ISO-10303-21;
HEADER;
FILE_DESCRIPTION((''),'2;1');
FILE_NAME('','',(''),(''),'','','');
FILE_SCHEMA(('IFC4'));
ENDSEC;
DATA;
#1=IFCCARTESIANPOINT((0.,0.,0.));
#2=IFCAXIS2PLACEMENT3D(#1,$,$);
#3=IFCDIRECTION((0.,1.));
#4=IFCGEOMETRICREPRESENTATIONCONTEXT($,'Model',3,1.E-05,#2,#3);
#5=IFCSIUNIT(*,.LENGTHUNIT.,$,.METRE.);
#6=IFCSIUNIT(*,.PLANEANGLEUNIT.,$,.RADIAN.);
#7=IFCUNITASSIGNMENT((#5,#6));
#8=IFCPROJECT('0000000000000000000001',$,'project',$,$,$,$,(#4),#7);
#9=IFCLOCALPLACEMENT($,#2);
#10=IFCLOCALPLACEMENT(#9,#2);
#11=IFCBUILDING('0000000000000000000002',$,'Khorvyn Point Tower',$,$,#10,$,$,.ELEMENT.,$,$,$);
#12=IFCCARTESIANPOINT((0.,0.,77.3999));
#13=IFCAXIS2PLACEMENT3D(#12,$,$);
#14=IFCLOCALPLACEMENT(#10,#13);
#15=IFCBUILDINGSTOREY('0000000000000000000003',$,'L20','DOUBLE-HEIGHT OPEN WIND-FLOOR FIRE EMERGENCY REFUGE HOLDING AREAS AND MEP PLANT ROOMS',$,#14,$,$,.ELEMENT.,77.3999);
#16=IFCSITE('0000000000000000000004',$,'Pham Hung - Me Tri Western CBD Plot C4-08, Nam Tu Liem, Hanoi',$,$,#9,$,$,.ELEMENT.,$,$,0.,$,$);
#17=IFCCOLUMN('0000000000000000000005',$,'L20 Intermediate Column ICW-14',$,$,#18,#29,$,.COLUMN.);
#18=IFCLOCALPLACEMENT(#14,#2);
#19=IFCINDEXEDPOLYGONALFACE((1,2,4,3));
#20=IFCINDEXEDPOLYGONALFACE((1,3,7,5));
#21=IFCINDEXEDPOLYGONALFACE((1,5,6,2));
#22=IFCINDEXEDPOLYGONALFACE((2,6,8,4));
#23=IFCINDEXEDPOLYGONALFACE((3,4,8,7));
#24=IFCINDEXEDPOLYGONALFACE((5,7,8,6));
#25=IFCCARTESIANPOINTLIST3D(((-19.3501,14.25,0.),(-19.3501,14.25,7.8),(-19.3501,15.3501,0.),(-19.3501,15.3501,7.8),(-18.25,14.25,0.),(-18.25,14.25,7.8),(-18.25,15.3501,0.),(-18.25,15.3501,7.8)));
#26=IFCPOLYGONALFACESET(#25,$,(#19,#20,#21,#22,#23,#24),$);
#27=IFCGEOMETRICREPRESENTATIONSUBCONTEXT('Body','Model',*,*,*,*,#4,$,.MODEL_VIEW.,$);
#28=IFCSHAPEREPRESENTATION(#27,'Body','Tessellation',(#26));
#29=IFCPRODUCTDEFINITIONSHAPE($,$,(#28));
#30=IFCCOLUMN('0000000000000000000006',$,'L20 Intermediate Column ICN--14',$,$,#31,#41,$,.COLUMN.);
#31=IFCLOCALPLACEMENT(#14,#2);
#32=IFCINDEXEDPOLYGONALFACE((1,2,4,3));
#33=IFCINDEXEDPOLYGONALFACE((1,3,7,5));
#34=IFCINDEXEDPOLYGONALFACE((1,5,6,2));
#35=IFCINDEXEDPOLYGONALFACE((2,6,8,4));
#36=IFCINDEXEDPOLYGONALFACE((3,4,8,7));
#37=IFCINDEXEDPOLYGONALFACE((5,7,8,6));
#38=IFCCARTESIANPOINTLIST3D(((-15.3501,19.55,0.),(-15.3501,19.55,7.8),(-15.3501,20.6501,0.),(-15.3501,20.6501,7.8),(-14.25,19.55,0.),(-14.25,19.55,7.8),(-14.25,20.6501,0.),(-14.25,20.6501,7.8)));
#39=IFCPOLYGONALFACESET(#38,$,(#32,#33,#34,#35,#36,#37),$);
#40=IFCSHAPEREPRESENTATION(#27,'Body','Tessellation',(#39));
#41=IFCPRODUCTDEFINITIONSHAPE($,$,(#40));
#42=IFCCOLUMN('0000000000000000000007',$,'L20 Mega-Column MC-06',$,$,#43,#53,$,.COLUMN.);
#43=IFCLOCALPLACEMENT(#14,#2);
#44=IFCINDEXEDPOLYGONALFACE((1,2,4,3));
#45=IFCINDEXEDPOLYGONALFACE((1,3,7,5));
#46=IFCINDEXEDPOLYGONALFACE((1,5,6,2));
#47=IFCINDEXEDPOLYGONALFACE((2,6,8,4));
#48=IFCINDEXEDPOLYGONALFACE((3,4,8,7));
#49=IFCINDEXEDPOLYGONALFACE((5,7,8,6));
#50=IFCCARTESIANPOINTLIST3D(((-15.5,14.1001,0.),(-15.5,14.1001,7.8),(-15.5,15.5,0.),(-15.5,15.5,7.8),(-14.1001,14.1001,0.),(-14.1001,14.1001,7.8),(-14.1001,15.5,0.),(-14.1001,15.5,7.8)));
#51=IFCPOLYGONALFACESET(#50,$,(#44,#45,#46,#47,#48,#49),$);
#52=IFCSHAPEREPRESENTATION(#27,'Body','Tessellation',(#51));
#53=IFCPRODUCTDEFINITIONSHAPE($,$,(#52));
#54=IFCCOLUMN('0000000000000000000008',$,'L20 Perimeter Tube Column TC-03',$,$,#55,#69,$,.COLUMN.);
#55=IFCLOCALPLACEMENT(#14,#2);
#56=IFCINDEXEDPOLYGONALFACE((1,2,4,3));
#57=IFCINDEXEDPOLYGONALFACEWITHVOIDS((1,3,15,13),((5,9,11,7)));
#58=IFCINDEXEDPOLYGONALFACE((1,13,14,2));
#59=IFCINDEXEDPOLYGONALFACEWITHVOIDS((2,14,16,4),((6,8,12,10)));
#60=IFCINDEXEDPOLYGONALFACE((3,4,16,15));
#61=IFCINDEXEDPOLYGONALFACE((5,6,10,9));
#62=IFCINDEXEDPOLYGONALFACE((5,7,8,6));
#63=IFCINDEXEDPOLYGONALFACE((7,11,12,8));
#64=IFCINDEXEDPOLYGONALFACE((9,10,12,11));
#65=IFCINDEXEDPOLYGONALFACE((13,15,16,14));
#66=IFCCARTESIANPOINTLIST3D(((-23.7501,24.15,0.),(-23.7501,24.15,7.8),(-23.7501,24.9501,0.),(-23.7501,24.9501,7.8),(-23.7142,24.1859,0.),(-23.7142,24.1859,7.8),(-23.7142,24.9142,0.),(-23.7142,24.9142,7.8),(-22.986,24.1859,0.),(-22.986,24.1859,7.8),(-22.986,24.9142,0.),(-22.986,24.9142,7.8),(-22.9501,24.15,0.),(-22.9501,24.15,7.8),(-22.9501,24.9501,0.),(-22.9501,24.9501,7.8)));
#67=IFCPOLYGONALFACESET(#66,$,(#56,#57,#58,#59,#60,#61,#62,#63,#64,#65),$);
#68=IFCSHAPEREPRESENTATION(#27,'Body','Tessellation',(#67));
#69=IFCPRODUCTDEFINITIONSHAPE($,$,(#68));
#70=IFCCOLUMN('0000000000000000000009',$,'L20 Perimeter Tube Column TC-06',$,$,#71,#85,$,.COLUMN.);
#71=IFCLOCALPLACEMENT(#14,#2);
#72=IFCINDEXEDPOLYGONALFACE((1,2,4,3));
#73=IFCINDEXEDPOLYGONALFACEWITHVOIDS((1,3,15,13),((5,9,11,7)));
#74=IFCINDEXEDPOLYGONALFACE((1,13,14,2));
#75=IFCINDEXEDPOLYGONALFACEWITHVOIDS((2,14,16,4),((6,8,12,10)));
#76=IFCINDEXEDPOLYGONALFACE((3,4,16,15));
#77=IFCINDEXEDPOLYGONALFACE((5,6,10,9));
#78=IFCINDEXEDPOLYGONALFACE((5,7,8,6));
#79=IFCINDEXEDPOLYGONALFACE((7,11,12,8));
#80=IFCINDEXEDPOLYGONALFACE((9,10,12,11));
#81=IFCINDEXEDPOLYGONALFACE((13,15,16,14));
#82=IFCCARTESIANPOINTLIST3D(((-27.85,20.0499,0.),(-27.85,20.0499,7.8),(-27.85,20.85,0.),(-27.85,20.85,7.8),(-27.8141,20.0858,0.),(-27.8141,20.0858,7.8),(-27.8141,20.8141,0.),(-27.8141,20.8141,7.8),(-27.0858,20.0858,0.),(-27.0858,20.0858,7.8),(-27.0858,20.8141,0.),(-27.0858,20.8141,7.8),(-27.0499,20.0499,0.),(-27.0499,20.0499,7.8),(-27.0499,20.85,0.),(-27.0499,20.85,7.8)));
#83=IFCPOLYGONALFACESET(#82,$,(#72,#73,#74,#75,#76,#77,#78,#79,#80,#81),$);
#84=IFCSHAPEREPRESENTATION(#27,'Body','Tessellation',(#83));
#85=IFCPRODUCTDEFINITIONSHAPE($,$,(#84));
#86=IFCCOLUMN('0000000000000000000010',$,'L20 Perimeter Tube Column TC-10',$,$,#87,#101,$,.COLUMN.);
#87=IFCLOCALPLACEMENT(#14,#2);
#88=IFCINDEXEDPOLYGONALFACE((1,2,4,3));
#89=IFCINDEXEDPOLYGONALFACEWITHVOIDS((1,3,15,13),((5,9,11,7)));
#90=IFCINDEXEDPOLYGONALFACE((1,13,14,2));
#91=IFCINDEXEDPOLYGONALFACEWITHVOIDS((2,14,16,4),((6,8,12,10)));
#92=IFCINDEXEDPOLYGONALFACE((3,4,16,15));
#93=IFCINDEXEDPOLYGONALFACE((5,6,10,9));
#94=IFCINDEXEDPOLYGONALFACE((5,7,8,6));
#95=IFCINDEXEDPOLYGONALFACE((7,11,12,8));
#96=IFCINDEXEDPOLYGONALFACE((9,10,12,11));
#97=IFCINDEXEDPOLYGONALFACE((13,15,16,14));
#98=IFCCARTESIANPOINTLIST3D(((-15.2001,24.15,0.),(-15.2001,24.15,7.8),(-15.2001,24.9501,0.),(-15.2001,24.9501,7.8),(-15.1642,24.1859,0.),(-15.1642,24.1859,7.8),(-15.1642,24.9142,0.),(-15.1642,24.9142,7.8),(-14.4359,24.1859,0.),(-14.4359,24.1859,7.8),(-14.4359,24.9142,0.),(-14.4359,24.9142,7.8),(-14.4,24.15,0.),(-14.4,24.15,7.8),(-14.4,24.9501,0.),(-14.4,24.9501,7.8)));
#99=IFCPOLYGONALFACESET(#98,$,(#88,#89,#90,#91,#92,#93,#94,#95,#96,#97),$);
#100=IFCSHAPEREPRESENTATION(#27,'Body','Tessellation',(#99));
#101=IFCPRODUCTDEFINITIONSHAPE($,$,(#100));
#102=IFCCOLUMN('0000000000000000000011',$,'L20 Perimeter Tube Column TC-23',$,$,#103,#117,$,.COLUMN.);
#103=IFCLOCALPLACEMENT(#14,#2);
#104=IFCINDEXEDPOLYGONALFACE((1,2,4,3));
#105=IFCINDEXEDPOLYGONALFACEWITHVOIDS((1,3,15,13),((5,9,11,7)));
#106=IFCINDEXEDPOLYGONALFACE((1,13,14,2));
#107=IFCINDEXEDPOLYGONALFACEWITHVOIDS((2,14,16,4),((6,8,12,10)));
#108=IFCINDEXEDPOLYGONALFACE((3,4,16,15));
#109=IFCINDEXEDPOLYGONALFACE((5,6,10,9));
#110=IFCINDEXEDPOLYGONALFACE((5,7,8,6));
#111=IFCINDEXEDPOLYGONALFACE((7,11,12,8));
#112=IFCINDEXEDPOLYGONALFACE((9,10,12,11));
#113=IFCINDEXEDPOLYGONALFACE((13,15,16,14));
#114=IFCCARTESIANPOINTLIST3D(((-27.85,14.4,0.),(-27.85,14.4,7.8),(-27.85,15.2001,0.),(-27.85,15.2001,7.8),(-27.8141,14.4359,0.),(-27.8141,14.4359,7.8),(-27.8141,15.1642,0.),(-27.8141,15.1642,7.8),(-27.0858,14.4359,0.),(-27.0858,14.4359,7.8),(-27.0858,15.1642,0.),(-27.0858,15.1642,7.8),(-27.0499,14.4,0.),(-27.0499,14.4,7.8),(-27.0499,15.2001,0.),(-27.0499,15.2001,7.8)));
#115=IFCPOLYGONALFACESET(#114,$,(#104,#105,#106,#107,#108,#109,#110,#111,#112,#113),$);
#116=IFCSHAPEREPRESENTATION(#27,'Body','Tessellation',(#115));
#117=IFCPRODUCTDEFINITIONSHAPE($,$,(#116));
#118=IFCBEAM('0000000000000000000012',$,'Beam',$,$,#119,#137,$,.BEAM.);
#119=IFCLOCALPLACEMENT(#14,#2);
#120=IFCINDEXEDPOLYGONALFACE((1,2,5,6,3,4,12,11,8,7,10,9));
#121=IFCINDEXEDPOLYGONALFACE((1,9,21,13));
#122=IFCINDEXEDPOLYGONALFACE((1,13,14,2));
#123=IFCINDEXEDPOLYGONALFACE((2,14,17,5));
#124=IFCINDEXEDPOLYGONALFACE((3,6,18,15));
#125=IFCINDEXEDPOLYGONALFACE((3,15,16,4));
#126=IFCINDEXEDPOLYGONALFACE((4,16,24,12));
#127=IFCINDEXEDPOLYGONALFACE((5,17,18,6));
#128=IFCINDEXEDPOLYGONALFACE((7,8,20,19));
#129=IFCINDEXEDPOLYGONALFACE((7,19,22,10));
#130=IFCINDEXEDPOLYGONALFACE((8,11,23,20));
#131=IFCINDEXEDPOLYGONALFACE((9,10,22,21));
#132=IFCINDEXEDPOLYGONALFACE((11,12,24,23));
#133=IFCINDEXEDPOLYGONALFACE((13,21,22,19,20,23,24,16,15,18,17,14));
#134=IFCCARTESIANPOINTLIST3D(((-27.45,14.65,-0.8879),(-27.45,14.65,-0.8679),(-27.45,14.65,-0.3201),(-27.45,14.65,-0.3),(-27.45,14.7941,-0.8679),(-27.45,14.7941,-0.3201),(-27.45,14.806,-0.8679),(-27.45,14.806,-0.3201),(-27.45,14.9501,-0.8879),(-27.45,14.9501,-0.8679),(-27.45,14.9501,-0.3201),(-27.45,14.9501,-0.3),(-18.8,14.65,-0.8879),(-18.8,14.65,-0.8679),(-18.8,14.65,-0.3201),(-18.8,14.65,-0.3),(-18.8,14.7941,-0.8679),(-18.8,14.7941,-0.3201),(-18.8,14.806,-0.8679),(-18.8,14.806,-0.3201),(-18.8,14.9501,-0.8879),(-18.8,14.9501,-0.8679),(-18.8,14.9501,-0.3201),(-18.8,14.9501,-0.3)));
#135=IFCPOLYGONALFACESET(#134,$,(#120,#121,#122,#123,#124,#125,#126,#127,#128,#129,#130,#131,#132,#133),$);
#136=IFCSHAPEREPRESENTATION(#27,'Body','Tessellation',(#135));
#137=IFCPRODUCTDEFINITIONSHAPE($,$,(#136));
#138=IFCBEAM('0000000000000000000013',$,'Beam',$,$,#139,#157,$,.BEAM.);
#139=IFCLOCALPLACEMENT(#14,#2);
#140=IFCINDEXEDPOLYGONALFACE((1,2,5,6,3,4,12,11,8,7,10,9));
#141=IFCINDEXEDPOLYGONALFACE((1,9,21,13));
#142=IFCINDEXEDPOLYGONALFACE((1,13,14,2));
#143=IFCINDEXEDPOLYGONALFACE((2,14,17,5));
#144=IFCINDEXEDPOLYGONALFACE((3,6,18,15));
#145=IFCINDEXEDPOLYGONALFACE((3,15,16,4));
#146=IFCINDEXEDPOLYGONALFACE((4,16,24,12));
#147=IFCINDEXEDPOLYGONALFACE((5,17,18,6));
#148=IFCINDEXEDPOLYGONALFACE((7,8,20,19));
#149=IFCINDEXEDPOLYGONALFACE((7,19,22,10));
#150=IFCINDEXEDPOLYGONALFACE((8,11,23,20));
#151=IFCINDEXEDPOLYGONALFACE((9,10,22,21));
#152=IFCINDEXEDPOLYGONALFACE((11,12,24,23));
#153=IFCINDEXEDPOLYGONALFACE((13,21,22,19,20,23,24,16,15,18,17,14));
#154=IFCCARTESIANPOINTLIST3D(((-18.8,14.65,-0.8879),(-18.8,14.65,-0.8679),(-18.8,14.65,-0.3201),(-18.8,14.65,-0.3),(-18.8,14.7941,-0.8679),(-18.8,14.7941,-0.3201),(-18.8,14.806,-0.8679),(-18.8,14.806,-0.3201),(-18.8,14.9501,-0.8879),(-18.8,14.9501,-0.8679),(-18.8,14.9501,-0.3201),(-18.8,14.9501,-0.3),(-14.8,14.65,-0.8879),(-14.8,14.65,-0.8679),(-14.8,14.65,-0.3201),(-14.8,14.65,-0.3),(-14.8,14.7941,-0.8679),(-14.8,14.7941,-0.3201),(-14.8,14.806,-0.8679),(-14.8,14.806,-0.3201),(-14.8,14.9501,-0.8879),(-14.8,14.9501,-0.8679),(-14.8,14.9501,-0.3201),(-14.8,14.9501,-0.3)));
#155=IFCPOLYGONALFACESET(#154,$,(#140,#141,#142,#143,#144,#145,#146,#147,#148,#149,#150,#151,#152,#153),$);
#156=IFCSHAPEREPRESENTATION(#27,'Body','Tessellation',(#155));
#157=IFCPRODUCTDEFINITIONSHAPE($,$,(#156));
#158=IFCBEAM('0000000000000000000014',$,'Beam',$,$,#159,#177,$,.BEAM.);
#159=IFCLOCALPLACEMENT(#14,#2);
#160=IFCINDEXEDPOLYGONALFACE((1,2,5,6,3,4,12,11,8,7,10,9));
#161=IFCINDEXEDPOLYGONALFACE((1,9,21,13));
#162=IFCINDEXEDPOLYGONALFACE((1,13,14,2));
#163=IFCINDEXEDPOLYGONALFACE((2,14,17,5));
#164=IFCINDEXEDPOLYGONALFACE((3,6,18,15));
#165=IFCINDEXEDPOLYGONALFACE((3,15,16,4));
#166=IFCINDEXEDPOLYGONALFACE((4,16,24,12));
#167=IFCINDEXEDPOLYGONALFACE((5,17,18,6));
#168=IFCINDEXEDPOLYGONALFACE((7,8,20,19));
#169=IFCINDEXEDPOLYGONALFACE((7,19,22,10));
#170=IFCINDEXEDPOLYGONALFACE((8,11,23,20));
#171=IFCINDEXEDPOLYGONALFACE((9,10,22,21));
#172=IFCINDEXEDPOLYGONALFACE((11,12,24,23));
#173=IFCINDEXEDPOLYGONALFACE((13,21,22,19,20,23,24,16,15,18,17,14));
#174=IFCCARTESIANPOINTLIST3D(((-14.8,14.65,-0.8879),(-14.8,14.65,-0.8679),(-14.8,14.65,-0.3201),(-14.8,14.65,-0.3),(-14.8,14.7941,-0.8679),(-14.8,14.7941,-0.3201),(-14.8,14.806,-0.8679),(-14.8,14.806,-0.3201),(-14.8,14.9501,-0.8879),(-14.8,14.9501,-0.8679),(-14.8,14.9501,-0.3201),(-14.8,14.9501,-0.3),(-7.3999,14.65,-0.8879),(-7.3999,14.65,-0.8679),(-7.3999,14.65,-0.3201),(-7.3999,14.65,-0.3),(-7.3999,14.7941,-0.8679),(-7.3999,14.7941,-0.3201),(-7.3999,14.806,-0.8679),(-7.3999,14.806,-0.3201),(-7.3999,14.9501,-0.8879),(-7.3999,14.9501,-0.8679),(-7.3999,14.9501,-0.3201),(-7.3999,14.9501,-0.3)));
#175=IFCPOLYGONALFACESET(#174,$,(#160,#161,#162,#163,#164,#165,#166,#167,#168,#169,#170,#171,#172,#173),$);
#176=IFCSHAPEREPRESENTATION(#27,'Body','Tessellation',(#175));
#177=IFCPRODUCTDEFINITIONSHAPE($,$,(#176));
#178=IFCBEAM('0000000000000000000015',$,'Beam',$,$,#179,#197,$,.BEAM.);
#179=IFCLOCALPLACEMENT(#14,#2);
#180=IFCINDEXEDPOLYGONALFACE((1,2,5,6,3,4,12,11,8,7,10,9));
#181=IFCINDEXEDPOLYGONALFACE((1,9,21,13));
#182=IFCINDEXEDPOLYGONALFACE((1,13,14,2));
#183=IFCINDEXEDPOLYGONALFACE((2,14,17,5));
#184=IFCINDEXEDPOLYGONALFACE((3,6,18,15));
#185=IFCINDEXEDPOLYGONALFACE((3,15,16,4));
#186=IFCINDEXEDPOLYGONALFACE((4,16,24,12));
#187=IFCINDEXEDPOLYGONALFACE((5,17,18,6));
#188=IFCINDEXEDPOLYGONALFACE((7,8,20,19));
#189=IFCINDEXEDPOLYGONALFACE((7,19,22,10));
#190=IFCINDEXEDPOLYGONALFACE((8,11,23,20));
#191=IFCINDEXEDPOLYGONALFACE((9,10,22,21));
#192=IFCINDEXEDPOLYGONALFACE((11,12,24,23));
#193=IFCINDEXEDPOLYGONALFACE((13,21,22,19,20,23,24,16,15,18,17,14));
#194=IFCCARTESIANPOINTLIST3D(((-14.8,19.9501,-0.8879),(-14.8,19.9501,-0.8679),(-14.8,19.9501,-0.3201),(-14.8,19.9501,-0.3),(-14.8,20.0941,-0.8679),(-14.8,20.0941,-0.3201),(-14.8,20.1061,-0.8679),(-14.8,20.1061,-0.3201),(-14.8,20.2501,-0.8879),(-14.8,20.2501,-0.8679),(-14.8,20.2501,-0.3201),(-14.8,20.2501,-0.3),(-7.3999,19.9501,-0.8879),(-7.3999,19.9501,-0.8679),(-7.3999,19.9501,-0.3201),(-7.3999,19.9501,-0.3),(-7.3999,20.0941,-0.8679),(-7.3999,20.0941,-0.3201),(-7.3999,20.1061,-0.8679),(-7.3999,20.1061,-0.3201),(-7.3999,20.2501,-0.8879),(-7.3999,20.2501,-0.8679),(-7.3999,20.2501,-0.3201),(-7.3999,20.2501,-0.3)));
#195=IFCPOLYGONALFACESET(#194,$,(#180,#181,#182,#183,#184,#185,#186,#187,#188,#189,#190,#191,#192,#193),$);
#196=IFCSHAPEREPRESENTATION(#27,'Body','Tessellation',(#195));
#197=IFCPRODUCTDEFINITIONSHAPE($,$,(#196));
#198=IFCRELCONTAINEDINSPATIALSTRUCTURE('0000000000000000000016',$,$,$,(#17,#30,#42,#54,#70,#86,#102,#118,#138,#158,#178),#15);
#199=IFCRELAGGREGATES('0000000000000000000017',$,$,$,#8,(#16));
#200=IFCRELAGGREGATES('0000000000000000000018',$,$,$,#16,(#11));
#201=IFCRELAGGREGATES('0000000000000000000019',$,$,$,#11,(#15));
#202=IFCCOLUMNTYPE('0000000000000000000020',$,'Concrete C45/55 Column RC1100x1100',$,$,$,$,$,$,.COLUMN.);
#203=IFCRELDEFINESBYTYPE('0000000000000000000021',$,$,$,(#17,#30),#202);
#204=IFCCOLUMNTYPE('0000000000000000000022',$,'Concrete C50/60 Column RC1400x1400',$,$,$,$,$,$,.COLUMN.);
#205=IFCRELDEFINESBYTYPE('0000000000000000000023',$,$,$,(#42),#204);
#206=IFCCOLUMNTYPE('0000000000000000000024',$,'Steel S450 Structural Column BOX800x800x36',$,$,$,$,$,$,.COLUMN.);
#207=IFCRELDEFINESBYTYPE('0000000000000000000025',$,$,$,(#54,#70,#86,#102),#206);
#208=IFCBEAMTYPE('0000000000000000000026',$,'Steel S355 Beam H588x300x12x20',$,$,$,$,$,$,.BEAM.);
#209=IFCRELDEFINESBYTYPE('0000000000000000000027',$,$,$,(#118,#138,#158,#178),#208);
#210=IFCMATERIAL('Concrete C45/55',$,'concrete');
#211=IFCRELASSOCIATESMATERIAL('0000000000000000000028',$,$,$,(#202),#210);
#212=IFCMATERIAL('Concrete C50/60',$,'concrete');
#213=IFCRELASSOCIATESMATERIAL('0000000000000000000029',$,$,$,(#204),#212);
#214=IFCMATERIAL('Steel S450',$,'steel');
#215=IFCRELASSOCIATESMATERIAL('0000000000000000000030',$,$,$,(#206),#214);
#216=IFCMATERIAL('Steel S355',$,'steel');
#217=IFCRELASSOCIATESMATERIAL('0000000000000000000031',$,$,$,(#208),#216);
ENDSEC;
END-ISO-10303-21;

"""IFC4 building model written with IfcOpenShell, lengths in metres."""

from ifc_helpers import new_model, si_unit, direction, frame, origin, origin_2d, place, context, subcontext, project, spatial, rectangle, hollow_rectangle, i_section, extrude, material, material_profile, profile_set, type_object, element, save


model = new_model("IFC4")

# Units and contexts
model_context = context("Model", 3, precision=1e-05, world=origin(), true_north=direction((0.0, 1.0)))
body_context = subcontext(model_context, "Body", "Model", "MODEL_VIEW")
ifc_project = project(units=[si_unit("LENGTHUNIT", "METRE"), si_unit("PLANEANGLEUNIT", "RADIAN")], contexts=[model_context])

# Site, building, storey
site_placement = place(None, origin())
site = spatial("IfcSite", under=ifc_project, at=site_placement, Name="Pham Hung - Me Tri Western CBD Plot C4-08, Nam Tu Liem, Hanoi", CompositionType="ELEMENT", RefElevation=0.0)
building_placement = place(site_placement, origin())
building = spatial("IfcBuilding", under=site, at=building_placement, Name="Khorvyn Point Tower", CompositionType="ELEMENT")
storey_placement = place(building_placement, frame((0.0, 0.0, 77.3999)))
storey = spatial("IfcBuildingStorey", under=building, at=storey_placement, Name="L20", Description="DOUBLE-HEIGHT OPEN WIND-FLOOR FIRE EMERGENCY REFUGE HOLDING AREAS AND MEP PLANT ROOMS", CompositionType="ELEMENT", Elevation=77.3999)

# Columns
ifc_material_1 = material(Name="Concrete C45/55", Category="concrete")
ifc_material_profile_1 = material_profile(ifc_material_1, rectangle(XDim=1.1001, YDim=1.1001, at=origin_2d()))
ifc_profile_set_1 = profile_set([ifc_material_profile_1], Name="Concrete C45/55 RC1100x1100")
column_type_1 = type_object("IfcColumnType", Name="Concrete C45/55 Column RC1100x1100", PredefinedType="COLUMN", material=ifc_profile_set_1)
for number, where, z_axis, x_axis, name in (
    (1, (-18.8, 14.8, 0.0), (0.0, 0.0, 1.0), (1.0, 0.0, 0.0), "L20 Intermediate Column ICW-14"),
    (2, (-14.8, 20.1001, 0.0), (0.0, 0.0, 1.0), (1.0, 0.0, 0.0), "L20 Intermediate Column ICN--14"),
):
    element("IfcColumn", number, at=place(storey_placement, frame(where, z_axis=z_axis, x_axis=x_axis)), inside=storey, type_object=column_type_1, Name=name, PredefinedType="COLUMN", context=body_context, shape_type="SweptSolid", body=[
        extrude(rectangle(XDim=1.1001, YDim=1.1001, at=origin_2d()), origin(), (0.0, 0.0, 1.0), 7.8),
    ])
ifc_material_2 = material(Name="Concrete C50/60", Category="concrete")
ifc_material_profile_2 = material_profile(ifc_material_2, rectangle(XDim=1.3999, YDim=1.3999, at=origin_2d()))
ifc_profile_set_2 = profile_set([ifc_material_profile_2], Name="Concrete C50/60 RC1400x1400")
column_type_2 = type_object("IfcColumnType", Name="Concrete C50/60 Column RC1400x1400", PredefinedType="COLUMN", material=ifc_profile_set_2)
column_placement = place(storey_placement, frame((-14.8, 14.8, 0.0), z_axis=(0.0, 0.0, 1.0), x_axis=(1.0, 0.0, 0.0)))
element("IfcColumn", 3, at=column_placement, inside=storey, type_object=column_type_2, Name="L20 Mega-Column MC-06", PredefinedType="COLUMN", context=body_context, shape_type="SweptSolid", body=[
    extrude(rectangle(XDim=1.3999, YDim=1.3999, at=origin_2d()), origin(), (0.0, 0.0, 1.0), 7.8),
])
ifc_material_3 = material(Name="Steel S450", Category="steel")
ifc_material_profile_3 = material_profile(ifc_material_3, hollow_rectangle(XDim=0.8, YDim=0.8, WallThickness=0.0359, at=origin_2d()))
ifc_profile_set_3 = profile_set([ifc_material_profile_3], Name="Steel S450 BOX800x800x36")
column_type_3 = type_object("IfcColumnType", Name="Steel S450 Structural Column BOX800x800x36", PredefinedType="COLUMN", material=ifc_profile_set_3)
for number, where, z_axis, x_axis, name in (
    (4, (-23.3501, 24.55, 0.0), (0.0, 0.0, 1.0), (1.0, 0.0, 0.0), "L20 Perimeter Tube Column TC-03"),
    (5, (-27.45, 20.45, 0.0), (0.0, 0.0, 1.0), (1.0, 0.0, 0.0), "L20 Perimeter Tube Column TC-06"),
    (6, (-14.8, 24.55, 0.0), (0.0, 0.0, 1.0), (1.0, 0.0, 0.0), "L20 Perimeter Tube Column TC-10"),
    (7, (-27.45, 14.8, 0.0), (0.0, 0.0, 1.0), (1.0, 0.0, 0.0), "L20 Perimeter Tube Column TC-23"),
):
    element("IfcColumn", number, at=place(storey_placement, frame(where, z_axis=z_axis, x_axis=x_axis)), inside=storey, type_object=column_type_3, Name=name, PredefinedType="COLUMN", context=body_context, shape_type="SweptSolid", body=[
        extrude(hollow_rectangle(XDim=0.8, YDim=0.8, WallThickness=0.0359, at=origin_2d()), origin(), (0.0, 0.0, 1.0), 7.8),
    ])

# Beams
ifc_material_4 = material(Name="Steel S355", Category="steel")
ifc_material_profile_4 = material_profile(ifc_material_4, i_section(OverallWidth=0.3, OverallDepth=0.5879, WebThickness=0.012, FlangeThickness=0.02, at=origin_2d()))
ifc_profile_set_4 = profile_set([ifc_material_profile_4], Name="Steel S355 H588x300x12x20")
beam_type_1 = type_object("IfcBeamType", Name="Steel S355 Beam H588x300x12x20", PredefinedType="BEAM", material=ifc_profile_set_4)
beam_1_placement = place(storey_placement, frame((-27.45, 14.8, -0.594), z_axis=(1.0, 0.0, 0.0), x_axis=(0.0, 1.0, 0.0)))
element("IfcBeam", 8, at=beam_1_placement, inside=storey, type_object=beam_type_1, Name="Beam", PredefinedType="BEAM", context=body_context, shape_type="SweptSolid", body=[
    extrude(i_section(OverallWidth=0.3, OverallDepth=0.5879, WebThickness=0.012, FlangeThickness=0.02, at=origin_2d()), origin(), (0.0, 0.0, 1.0), 8.6499),
])
beam_2_placement = place(storey_placement, frame((-18.8, 14.8, -0.594), z_axis=(1.0, 0.0, 0.0), x_axis=(0.0, 1.0, 0.0)))
element("IfcBeam", 9, at=beam_2_placement, inside=storey, type_object=beam_type_1, Name="Beam", PredefinedType="BEAM", context=body_context, shape_type="SweptSolid", body=[
    extrude(i_section(OverallWidth=0.3, OverallDepth=0.5879, WebThickness=0.012, FlangeThickness=0.02, at=origin_2d()), origin(), (0.0, 0.0, 1.0), 4.0),
])
for number, where, z_axis, x_axis, name in (
    (10, (-14.8, 14.8, -0.594), (1.0, 0.0, 0.0), (0.0, 1.0, 0.0), "Beam"),
    (11, (-14.8, 20.1001, -0.594), (1.0, 0.0, 0.0), (0.0, 1.0, 0.0), "Beam"),
):
    element("IfcBeam", number, at=place(storey_placement, frame(where, z_axis=z_axis, x_axis=x_axis)), inside=storey, type_object=beam_type_1, Name=name, PredefinedType="BEAM", context=body_context, shape_type="SweptSolid", body=[
        extrude(i_section(OverallWidth=0.3, OverallDepth=0.5879, WebThickness=0.012, FlangeThickness=0.02, at=origin_2d()), origin(), (0.0, 0.0, 1.0), 7.4001),
    ])

save(model, "model.ifc")
